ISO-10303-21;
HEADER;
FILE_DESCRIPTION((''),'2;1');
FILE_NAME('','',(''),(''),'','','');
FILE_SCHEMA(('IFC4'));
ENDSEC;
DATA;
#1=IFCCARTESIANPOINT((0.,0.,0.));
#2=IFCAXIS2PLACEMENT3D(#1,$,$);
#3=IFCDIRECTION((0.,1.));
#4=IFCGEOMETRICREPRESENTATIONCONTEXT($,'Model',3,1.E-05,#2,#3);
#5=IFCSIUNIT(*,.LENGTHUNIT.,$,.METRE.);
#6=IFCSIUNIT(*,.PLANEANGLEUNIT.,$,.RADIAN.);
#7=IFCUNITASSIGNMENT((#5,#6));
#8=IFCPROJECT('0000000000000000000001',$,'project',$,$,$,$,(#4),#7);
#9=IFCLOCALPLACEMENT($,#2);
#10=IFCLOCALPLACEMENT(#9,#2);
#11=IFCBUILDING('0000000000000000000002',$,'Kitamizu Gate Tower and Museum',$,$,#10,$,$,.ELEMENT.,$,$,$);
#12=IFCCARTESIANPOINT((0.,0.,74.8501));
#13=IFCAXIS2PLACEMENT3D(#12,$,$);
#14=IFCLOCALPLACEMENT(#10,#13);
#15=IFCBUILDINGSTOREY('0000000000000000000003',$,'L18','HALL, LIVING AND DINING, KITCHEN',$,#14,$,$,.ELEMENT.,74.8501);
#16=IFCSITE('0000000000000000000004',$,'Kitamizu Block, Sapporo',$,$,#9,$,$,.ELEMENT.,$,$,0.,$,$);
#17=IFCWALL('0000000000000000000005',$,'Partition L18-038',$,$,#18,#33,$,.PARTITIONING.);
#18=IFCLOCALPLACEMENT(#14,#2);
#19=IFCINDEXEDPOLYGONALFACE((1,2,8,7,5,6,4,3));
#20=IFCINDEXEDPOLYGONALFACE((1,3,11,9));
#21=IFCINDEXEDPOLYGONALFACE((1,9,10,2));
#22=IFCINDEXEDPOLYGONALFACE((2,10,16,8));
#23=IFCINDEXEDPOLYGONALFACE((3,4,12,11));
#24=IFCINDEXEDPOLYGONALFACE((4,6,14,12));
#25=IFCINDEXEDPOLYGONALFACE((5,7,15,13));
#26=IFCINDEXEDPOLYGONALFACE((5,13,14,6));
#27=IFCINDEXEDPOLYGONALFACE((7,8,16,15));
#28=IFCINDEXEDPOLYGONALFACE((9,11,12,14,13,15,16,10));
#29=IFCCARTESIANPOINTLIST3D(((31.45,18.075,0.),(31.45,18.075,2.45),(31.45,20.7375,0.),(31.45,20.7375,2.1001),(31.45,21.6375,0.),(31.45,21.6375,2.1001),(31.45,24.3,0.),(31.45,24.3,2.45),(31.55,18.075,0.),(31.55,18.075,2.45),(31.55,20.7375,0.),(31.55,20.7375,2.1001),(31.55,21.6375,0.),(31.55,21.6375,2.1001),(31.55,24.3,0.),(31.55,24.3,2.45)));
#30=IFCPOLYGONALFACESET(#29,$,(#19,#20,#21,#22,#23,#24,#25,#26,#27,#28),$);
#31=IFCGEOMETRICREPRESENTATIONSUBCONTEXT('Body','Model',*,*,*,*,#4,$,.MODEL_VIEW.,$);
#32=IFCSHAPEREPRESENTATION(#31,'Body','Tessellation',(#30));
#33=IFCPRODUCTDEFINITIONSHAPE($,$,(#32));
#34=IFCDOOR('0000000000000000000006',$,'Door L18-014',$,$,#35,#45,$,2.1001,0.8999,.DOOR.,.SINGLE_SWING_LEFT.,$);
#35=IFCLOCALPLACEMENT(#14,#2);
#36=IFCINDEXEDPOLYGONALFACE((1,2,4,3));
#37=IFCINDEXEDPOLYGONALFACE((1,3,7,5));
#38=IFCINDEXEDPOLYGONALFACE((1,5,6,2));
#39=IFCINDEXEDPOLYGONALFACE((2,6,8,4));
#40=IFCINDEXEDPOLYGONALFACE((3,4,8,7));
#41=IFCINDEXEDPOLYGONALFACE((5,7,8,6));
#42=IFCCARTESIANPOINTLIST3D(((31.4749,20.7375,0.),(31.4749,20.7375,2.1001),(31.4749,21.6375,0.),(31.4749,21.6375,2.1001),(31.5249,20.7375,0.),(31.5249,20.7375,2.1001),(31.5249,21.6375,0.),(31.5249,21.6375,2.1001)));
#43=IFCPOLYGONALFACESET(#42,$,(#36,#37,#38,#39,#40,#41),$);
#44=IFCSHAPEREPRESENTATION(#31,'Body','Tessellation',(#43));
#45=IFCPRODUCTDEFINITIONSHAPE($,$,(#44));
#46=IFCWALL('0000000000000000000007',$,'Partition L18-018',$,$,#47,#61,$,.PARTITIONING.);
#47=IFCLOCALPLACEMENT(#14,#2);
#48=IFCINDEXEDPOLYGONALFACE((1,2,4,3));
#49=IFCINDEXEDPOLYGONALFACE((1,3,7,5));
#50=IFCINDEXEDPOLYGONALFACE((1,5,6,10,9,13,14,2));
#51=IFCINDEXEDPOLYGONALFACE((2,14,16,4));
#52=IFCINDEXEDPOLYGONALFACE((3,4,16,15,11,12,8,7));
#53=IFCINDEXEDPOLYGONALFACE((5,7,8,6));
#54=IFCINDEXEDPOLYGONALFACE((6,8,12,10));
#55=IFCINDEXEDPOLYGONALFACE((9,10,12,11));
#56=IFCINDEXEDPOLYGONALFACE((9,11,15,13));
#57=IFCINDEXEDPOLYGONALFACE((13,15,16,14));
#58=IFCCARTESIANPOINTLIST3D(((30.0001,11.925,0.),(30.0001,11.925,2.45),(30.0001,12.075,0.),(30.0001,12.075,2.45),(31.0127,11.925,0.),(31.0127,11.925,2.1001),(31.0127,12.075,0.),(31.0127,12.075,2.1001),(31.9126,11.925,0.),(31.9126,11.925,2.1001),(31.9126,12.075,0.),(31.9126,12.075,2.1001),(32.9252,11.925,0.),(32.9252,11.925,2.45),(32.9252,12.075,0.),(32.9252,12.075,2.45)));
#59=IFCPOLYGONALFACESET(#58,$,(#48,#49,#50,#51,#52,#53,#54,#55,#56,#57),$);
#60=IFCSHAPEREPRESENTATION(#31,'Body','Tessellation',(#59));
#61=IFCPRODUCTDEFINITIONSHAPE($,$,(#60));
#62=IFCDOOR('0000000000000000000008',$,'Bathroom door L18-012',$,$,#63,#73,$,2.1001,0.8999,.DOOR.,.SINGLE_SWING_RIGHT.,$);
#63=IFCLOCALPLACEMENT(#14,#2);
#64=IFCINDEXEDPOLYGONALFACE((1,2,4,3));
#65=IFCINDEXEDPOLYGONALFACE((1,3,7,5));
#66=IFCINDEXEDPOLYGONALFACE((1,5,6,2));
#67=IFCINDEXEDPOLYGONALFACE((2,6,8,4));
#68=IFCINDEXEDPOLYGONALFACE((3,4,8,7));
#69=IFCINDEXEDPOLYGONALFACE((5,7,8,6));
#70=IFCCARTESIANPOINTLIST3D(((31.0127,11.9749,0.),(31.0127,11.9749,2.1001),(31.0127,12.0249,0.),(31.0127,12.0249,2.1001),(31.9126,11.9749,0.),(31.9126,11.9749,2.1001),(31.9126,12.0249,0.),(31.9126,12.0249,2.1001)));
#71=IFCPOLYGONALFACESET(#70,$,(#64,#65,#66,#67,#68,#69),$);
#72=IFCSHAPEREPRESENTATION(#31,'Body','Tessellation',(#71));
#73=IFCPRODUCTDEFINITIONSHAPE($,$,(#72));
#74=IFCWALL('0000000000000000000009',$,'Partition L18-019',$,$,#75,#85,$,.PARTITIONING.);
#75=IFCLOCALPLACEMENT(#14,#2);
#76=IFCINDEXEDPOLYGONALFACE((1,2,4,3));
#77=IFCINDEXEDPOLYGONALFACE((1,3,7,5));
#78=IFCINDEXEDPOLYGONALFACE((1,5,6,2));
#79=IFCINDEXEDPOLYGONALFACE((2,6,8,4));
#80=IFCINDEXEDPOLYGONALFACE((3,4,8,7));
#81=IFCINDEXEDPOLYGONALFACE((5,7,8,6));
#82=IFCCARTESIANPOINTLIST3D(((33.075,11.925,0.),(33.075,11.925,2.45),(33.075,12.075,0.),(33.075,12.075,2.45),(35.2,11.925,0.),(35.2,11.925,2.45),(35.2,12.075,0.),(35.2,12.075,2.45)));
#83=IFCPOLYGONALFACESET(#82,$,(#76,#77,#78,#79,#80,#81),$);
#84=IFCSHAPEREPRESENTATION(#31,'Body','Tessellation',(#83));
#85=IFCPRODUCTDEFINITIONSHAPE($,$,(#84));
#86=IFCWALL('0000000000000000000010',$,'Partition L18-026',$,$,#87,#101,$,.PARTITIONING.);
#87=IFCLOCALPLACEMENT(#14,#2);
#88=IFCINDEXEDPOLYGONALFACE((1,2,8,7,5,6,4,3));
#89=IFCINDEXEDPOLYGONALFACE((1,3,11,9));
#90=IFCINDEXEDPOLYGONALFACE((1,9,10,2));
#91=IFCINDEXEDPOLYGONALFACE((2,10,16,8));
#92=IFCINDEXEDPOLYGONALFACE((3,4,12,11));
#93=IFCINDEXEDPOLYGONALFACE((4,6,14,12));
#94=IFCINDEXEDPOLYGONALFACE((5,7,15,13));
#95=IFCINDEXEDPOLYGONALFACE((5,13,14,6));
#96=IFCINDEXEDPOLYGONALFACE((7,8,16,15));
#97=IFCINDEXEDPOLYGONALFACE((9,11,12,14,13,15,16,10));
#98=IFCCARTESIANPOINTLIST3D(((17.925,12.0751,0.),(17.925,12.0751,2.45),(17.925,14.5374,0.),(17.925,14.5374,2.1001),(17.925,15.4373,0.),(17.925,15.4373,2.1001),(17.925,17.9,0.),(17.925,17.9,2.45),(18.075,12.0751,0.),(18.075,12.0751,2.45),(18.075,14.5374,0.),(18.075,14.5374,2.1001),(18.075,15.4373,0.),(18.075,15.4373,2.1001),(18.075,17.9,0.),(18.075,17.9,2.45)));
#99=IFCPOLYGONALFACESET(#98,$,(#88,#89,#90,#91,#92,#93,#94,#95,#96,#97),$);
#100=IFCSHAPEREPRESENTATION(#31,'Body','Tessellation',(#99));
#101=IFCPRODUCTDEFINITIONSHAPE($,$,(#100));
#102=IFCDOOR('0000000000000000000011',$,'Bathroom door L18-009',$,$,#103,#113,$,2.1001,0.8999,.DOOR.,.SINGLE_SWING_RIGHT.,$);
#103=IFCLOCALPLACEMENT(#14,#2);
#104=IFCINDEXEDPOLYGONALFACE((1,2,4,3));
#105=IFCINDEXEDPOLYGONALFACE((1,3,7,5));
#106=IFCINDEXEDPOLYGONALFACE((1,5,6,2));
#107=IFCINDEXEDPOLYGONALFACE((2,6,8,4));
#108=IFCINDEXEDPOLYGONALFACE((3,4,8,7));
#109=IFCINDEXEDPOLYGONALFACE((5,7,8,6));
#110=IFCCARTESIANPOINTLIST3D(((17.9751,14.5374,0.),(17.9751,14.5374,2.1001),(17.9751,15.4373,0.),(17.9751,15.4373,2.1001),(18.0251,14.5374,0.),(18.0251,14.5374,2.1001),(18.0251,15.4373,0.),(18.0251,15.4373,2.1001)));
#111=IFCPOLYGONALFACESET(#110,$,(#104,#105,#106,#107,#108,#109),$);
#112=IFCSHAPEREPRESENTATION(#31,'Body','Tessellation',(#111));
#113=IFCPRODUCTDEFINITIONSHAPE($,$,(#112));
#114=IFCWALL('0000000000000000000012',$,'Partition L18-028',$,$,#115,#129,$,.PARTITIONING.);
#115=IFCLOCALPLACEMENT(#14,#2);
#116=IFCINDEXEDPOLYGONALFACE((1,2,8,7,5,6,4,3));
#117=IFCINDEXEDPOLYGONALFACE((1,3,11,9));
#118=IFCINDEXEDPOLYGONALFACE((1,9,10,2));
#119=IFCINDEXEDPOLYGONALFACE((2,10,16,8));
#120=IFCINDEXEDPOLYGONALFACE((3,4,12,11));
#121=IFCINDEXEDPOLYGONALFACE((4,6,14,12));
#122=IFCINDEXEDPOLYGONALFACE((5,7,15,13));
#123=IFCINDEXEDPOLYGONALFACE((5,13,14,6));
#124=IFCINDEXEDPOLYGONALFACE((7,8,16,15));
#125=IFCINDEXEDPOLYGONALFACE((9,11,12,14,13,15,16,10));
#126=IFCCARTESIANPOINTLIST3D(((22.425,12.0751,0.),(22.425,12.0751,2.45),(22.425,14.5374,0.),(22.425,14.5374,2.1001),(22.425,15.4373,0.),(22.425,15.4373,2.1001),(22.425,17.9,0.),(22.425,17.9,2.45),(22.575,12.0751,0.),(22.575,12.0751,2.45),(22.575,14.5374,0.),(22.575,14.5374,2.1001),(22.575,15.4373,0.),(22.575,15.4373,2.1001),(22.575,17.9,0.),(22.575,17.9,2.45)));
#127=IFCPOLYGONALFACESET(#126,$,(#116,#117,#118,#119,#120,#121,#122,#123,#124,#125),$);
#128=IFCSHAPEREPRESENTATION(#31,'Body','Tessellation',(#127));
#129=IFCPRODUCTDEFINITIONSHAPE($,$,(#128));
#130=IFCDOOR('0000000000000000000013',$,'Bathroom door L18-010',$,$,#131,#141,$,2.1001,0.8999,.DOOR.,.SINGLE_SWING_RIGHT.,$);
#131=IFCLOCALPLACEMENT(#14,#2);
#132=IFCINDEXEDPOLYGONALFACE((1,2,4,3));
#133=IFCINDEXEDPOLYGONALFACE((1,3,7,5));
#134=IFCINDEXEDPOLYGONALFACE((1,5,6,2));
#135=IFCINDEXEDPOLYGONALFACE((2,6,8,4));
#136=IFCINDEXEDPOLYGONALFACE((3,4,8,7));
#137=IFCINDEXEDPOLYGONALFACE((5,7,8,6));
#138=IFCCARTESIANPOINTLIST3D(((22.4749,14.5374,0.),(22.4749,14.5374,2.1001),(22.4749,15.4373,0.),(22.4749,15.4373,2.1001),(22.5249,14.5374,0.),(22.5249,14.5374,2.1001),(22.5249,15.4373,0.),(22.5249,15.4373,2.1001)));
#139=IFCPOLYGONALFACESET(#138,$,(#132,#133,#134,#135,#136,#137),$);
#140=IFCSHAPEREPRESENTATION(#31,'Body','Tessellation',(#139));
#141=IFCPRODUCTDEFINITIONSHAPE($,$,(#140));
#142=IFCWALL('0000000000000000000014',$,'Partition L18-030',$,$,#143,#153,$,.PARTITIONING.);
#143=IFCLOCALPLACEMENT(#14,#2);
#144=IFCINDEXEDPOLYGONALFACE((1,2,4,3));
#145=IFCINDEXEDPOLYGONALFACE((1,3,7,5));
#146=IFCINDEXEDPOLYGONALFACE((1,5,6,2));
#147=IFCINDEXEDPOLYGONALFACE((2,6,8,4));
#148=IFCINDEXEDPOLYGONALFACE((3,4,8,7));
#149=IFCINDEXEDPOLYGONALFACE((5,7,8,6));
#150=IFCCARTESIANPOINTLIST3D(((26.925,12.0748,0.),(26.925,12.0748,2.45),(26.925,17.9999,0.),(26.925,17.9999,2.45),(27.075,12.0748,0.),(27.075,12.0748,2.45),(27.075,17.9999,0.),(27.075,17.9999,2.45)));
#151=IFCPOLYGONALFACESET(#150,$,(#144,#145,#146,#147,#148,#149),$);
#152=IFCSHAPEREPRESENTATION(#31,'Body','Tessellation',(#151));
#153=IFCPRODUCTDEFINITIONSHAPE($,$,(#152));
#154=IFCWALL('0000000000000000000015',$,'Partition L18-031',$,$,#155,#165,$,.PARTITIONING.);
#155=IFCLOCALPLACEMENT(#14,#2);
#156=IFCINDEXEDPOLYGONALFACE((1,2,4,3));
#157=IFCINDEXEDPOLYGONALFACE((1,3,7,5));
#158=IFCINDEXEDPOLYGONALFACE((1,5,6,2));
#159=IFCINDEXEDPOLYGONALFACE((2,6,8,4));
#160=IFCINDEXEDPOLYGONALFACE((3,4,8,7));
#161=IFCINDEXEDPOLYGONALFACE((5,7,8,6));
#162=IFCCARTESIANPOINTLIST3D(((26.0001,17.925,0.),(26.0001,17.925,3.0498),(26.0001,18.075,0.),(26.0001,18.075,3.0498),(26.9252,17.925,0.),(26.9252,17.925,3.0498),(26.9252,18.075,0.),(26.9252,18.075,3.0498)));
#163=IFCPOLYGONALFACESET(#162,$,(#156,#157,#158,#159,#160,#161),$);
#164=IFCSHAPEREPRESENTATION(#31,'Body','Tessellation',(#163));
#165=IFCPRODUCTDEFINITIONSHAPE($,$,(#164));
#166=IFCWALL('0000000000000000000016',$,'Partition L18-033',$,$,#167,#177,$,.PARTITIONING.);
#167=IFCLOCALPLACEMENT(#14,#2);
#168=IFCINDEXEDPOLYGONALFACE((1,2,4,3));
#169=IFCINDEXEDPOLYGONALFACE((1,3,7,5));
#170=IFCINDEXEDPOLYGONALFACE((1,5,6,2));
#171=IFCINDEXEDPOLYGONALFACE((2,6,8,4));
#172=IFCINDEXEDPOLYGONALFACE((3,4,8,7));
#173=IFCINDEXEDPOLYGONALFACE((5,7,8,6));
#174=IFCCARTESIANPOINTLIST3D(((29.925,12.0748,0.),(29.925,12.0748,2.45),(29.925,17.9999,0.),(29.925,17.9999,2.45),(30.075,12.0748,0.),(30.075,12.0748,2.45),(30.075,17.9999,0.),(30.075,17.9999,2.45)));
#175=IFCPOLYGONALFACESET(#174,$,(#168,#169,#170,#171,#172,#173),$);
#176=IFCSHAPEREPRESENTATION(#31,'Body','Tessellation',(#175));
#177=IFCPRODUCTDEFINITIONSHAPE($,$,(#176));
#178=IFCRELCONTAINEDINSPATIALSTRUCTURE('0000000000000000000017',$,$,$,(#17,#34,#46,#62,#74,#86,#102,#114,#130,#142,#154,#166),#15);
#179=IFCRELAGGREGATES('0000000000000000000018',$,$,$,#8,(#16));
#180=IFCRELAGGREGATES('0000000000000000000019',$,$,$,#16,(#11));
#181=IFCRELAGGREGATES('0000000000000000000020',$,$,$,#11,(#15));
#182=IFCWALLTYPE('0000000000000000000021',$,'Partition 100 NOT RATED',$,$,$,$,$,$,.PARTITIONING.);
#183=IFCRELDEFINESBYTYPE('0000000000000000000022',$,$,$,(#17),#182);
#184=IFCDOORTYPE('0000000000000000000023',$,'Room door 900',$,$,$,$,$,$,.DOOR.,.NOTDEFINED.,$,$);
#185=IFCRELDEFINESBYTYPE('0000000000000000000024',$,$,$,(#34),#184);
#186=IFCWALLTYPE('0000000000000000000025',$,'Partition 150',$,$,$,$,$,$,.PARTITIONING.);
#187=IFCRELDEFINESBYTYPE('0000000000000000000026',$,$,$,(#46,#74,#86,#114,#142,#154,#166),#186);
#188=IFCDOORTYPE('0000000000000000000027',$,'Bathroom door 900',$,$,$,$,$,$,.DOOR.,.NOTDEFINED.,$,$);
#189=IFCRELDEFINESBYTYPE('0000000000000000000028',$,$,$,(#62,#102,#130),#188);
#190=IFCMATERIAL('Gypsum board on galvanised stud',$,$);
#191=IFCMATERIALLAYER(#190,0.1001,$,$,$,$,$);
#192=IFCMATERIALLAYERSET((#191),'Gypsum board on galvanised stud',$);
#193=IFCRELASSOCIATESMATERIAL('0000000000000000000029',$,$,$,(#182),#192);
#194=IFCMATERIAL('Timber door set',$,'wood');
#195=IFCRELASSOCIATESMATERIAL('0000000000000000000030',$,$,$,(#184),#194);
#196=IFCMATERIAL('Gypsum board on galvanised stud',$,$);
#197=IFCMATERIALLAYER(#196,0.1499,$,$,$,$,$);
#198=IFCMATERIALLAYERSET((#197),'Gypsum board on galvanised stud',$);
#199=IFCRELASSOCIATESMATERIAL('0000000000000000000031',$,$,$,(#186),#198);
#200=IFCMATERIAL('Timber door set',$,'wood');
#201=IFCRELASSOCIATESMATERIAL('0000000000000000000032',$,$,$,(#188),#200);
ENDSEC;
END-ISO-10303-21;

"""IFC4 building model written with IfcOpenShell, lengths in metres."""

from ifc_helpers import new_model, si_unit, direction, frame, frame_2d, origin, place, context, subcontext, project, spatial, rectangle, extrude, material, layer, layer_set, type_object, element, fill, save


model = new_model("IFC4")

# Units and contexts
model_context = context("Model", 3, precision=1e-05, world=origin(), true_north=direction((0.0, 1.0)))
body_context = subcontext(model_context, "Body", "Model", "MODEL_VIEW")
ifc_project = project(units=[si_unit("LENGTHUNIT", "METRE"), si_unit("PLANEANGLEUNIT", "RADIAN")], contexts=[model_context])

# Site, building, storey
site_placement = place(None, origin())
site = spatial("IfcSite", under=ifc_project, at=site_placement, Name="Kitamizu Block, Sapporo", CompositionType="ELEMENT", RefElevation=0.0)
building_placement = place(site_placement, origin())
building = spatial("IfcBuilding", under=site, at=building_placement, Name="Kitamizu Gate Tower and Museum", CompositionType="ELEMENT")
storey_placement = place(building_placement, frame((0.0, 0.0, 74.8501)))
storey = spatial("IfcBuildingStorey", under=building, at=storey_placement, Name="L18", Description="HALL, LIVING AND DINING, KITCHEN", CompositionType="ELEMENT", Elevation=74.8501)

# Walls, openings, doors
ifc_material_1 = material(Name="Gypsum board on galvanised stud")
ifc_layer_1 = layer(ifc_material_1, 0.1001)
ifc_layer_set_1 = layer_set([ifc_layer_1], Name="Gypsum board on galvanised stud")
wall_type_1 = type_object("IfcWallType", Name="Partition 100 NOT RATED", PredefinedType="PARTITIONING", material=ifc_layer_set_1)
wall_1_placement = place(storey_placement, frame((31.5, 18.075, 0.0), z_axis=(0.0, 0.0, 1.0), x_axis=(0.0, 1.0, 0.0)))
wall_1 = element("IfcWall", 1, at=wall_1_placement, inside=storey, type_object=wall_type_1, Name="Partition L18-038", PredefinedType="PARTITIONING", context=body_context, shape_type="SweptSolid", body=[
    extrude(rectangle(XDim=6.2251, YDim=0.1001, at=frame_2d((3.1125, 0.0))), origin(), (0.0, 0.0, 1.0), 2.45),
])
opening_1_placement = place(wall_1_placement, frame((2.6626, 0.0, 0.0)))
opening_1 = element("IfcOpeningElement", 2, at=opening_1_placement, cuts=wall_1, PredefinedType="OPENING", context=body_context, shape_type="SweptSolid", body=[
    extrude(rectangle(XDim=0.8999, YDim=2.1001, at=frame_2d((0.45, 1.05))), frame((0.0, 0.0601, 0.0), z_axis=(0.0, -1.0, 0.0), x_axis=(1.0, 0.0, 0.0)), (0.0, 0.0, 1.0), 0.1201),
])
ifc_material_2 = material(Name="Timber door set", Category="wood")
door_type_1 = type_object("IfcDoorType", Name="Room door 900", OperationType="NOTDEFINED", PredefinedType="DOOR", material=ifc_material_2)
door_1_placement = place(opening_1_placement, frame((0.8999, 0.0, 0.0), x_axis=(-1.0, 0.0, 0.0)))
door_1 = element("IfcDoor", 3, at=door_1_placement, inside=storey, type_object=door_type_1, Name="Door L18-014", OperationType="SINGLE_SWING_LEFT", OverallHeight=2.1001, OverallWidth=0.8999, PredefinedType="DOOR", context=body_context, shape_type="SweptSolid", body=[
    extrude(rectangle(XDim=0.8999, YDim=2.1001, at=frame_2d((0.45, 1.05))), frame((0.0, 0.0249, 0.0), z_axis=(0.0, -1.0, 0.0), x_axis=(1.0, 0.0, 0.0)), (0.0, 0.0, 1.0), 0.05),
])
fill(opening_1, door_1)
ifc_material_3 = material(Name="Gypsum board on galvanised stud")
ifc_layer_2 = layer(ifc_material_3, 0.1499)
ifc_layer_set_2 = layer_set([ifc_layer_2], Name="Gypsum board on galvanised stud")
wall_type_2 = type_object("IfcWallType", Name="Partition 150", PredefinedType="PARTITIONING", material=ifc_layer_set_2)
wall_2_placement = place(storey_placement, frame((32.925, 12.0, 0.0), z_axis=(0.0, 0.0, 1.0), x_axis=(-1.0, 0.0, 0.0)))
wall_2 = element("IfcWall", 4, at=wall_2_placement, inside=storey, type_object=wall_type_2, Name="Partition L18-018", PredefinedType="PARTITIONING", context=body_context, shape_type="SweptSolid", body=[
    extrude(rectangle(XDim=2.925, YDim=0.1499, at=frame_2d((1.4624, 0.0))), origin(), (0.0, 0.0, 1.0), 2.45),
])
opening_2_placement = place(wall_2_placement, frame((1.0125, 0.0, 0.0)))
opening_2 = element("IfcOpeningElement", 5, at=opening_2_placement, cuts=wall_2, PredefinedType="OPENING", context=body_context, shape_type="SweptSolid", body=[
    extrude(rectangle(XDim=0.8999, YDim=2.1001, at=frame_2d((0.45, 1.05))), frame((0.0, 0.085, 0.0), z_axis=(0.0, -1.0, 0.0), x_axis=(1.0, 0.0, 0.0)), (0.0, 0.0, 1.0), 0.1699),
])
ifc_material_4 = material(Name="Timber door set", Category="wood")
door_type_2 = type_object("IfcDoorType", Name="Bathroom door 900", OperationType="NOTDEFINED", PredefinedType="DOOR", material=ifc_material_4)
door_2_placement = place(opening_2_placement, frame((0.8999, 0.0, 0.0), x_axis=(-1.0, 0.0, 0.0)))
door_2 = element("IfcDoor", 6, at=door_2_placement, inside=storey, type_object=door_type_2, Name="Bathroom door L18-012", OperationType="SINGLE_SWING_RIGHT", OverallHeight=2.1001, OverallWidth=0.8999, PredefinedType="DOOR", context=body_context, shape_type="SweptSolid", body=[
    extrude(rectangle(XDim=0.8999, YDim=2.1001, at=frame_2d((0.45, 1.05))), frame((0.0, 0.0249, 0.0), z_axis=(0.0, -1.0, 0.0), x_axis=(1.0, 0.0, 0.0)), (0.0, 0.0, 1.0), 0.05),
])
fill(opening_2, door_2)

# Wall
wall_3_placement = place(storey_placement, frame((35.2, 12.0, 0.0), z_axis=(0.0, 0.0, 1.0), x_axis=(-1.0, 0.0, 0.0)))
element("IfcWall", 7, at=wall_3_placement, inside=storey, type_object=wall_type_2, Name="Partition L18-019", PredefinedType="PARTITIONING", context=body_context, shape_type="SweptSolid", body=[
    extrude(rectangle(XDim=2.125, YDim=0.1499, at=frame_2d((1.0625, 0.0))), origin(), (0.0, 0.0, 1.0), 2.45),
])

# Walls, openings, doors
wall_4_placement = place(storey_placement, frame((18.0, 12.075, 0.0), z_axis=(0.0, 0.0, 1.0), x_axis=(0.0, 1.0, 0.0)))
wall_4 = element("IfcWall", 8, at=wall_4_placement, inside=storey, type_object=wall_type_2, Name="Partition L18-026", PredefinedType="PARTITIONING", context=body_context, shape_type="SweptSolid", body=[
    extrude(rectangle(XDim=5.825, YDim=0.1499, at=frame_2d((2.9126, 0.0))), origin(), (0.0, 0.0, 1.0), 2.45),
])
opening_3_placement = place(wall_4_placement, frame((2.4624, 0.0, 0.0)))
opening_3 = element("IfcOpeningElement", 9, at=opening_3_placement, cuts=wall_4, PredefinedType="OPENING", context=body_context, shape_type="SweptSolid", body=[
    extrude(rectangle(XDim=0.8999, YDim=2.1001, at=frame_2d((0.45, 1.05))), frame((0.0, 0.085, 0.0), z_axis=(0.0, -1.0, 0.0), x_axis=(1.0, 0.0, 0.0)), (0.0, 0.0, 1.0), 0.1699),
])
door_3_placement = place(opening_3_placement, origin())
door_3 = element("IfcDoor", 10, at=door_3_placement, inside=storey, type_object=door_type_2, Name="Bathroom door L18-009", OperationType="SINGLE_SWING_RIGHT", OverallHeight=2.1001, OverallWidth=0.8999, PredefinedType="DOOR", context=body_context, shape_type="SweptSolid", body=[
    extrude(rectangle(XDim=0.8999, YDim=2.1001, at=frame_2d((0.45, 1.05))), frame((0.0, 0.0249, 0.0), z_axis=(0.0, -1.0, 0.0), x_axis=(1.0, 0.0, 0.0)), (0.0, 0.0, 1.0), 0.05),
])
fill(opening_3, door_3)
wall_5_placement = place(storey_placement, frame((22.5, 12.075, 0.0), z_axis=(0.0, 0.0, 1.0), x_axis=(0.0, 1.0, 0.0)))
wall_5 = element("IfcWall", 11, at=wall_5_placement, inside=storey, type_object=wall_type_2, Name="Partition L18-028", PredefinedType="PARTITIONING", context=body_context, shape_type="SweptSolid", body=[
    extrude(rectangle(XDim=5.825, YDim=0.1499, at=frame_2d((2.9126, 0.0))), origin(), (0.0, 0.0, 1.0), 2.45),
])
opening_4_placement = place(wall_5_placement, frame((2.4624, 0.0, 0.0)))
opening_4 = element("IfcOpeningElement", 12, at=opening_4_placement, cuts=wall_5, PredefinedType="OPENING", context=body_context, shape_type="SweptSolid", body=[
    extrude(rectangle(XDim=0.8999, YDim=2.1001, at=frame_2d((0.45, 1.05))), frame((0.0, 0.085, 0.0), z_axis=(0.0, -1.0, 0.0), x_axis=(1.0, 0.0, 0.0)), (0.0, 0.0, 1.0), 0.1699),
])
door_4_placement = place(opening_4_placement, frame((0.8999, 0.0, 0.0), x_axis=(-1.0, 0.0, 0.0)))
door_4 = element("IfcDoor", 13, at=door_4_placement, inside=storey, type_object=door_type_2, Name="Bathroom door L18-010", OperationType="SINGLE_SWING_RIGHT", OverallHeight=2.1001, OverallWidth=0.8999, PredefinedType="DOOR", context=body_context, shape_type="SweptSolid", body=[
    extrude(rectangle(XDim=0.8999, YDim=2.1001, at=frame_2d((0.45, 1.05))), frame((0.0, 0.0249, 0.0), z_axis=(0.0, -1.0, 0.0), x_axis=(1.0, 0.0, 0.0)), (0.0, 0.0, 1.0), 0.05),
])
fill(opening_4, door_4)

# Walls
wall_6_placement = place(storey_placement, frame((27.0, 12.075, 0.0), z_axis=(0.0, 0.0, 1.0), x_axis=(0.0, 1.0, 0.0)))
element("IfcWall", 14, at=wall_6_placement, inside=storey, type_object=wall_type_2, Name="Partition L18-030", PredefinedType="PARTITIONING", context=body_context, shape_type="SweptSolid", body=[
    extrude(rectangle(XDim=5.925, YDim=0.1499, at=frame_2d((2.9624, 0.0))), origin(), (0.0, 0.0, 1.0), 2.45),
])
wall_7_placement = place(storey_placement, frame((26.925, 18.0, 0.0), z_axis=(0.0, 0.0, 1.0), x_axis=(-1.0, 0.0, 0.0)))
element("IfcWall", 15, at=wall_7_placement, inside=storey, type_object=wall_type_2, Name="Partition L18-031", PredefinedType="PARTITIONING", context=body_context, shape_type="SweptSolid", body=[
    extrude(rectangle(XDim=0.925, YDim=0.1499, at=frame_2d((0.4624, 0.0))), origin(), (0.0, 0.0, 1.0), 3.0498),
])
wall_8_placement = place(storey_placement, frame((30.0, 12.075, 0.0), z_axis=(0.0, 0.0, 1.0), x_axis=(0.0, 1.0, 0.0)))
element("IfcWall", 16, at=wall_8_placement, inside=storey, type_object=wall_type_2, Name="Partition L18-033", PredefinedType="PARTITIONING", context=body_context, shape_type="SweptSolid", body=[
    extrude(rectangle(XDim=5.925, YDim=0.1499, at=frame_2d((2.9624, 0.0))), origin(), (0.0, 0.0, 1.0), 2.45),
])

save(model, "model.ifc")
